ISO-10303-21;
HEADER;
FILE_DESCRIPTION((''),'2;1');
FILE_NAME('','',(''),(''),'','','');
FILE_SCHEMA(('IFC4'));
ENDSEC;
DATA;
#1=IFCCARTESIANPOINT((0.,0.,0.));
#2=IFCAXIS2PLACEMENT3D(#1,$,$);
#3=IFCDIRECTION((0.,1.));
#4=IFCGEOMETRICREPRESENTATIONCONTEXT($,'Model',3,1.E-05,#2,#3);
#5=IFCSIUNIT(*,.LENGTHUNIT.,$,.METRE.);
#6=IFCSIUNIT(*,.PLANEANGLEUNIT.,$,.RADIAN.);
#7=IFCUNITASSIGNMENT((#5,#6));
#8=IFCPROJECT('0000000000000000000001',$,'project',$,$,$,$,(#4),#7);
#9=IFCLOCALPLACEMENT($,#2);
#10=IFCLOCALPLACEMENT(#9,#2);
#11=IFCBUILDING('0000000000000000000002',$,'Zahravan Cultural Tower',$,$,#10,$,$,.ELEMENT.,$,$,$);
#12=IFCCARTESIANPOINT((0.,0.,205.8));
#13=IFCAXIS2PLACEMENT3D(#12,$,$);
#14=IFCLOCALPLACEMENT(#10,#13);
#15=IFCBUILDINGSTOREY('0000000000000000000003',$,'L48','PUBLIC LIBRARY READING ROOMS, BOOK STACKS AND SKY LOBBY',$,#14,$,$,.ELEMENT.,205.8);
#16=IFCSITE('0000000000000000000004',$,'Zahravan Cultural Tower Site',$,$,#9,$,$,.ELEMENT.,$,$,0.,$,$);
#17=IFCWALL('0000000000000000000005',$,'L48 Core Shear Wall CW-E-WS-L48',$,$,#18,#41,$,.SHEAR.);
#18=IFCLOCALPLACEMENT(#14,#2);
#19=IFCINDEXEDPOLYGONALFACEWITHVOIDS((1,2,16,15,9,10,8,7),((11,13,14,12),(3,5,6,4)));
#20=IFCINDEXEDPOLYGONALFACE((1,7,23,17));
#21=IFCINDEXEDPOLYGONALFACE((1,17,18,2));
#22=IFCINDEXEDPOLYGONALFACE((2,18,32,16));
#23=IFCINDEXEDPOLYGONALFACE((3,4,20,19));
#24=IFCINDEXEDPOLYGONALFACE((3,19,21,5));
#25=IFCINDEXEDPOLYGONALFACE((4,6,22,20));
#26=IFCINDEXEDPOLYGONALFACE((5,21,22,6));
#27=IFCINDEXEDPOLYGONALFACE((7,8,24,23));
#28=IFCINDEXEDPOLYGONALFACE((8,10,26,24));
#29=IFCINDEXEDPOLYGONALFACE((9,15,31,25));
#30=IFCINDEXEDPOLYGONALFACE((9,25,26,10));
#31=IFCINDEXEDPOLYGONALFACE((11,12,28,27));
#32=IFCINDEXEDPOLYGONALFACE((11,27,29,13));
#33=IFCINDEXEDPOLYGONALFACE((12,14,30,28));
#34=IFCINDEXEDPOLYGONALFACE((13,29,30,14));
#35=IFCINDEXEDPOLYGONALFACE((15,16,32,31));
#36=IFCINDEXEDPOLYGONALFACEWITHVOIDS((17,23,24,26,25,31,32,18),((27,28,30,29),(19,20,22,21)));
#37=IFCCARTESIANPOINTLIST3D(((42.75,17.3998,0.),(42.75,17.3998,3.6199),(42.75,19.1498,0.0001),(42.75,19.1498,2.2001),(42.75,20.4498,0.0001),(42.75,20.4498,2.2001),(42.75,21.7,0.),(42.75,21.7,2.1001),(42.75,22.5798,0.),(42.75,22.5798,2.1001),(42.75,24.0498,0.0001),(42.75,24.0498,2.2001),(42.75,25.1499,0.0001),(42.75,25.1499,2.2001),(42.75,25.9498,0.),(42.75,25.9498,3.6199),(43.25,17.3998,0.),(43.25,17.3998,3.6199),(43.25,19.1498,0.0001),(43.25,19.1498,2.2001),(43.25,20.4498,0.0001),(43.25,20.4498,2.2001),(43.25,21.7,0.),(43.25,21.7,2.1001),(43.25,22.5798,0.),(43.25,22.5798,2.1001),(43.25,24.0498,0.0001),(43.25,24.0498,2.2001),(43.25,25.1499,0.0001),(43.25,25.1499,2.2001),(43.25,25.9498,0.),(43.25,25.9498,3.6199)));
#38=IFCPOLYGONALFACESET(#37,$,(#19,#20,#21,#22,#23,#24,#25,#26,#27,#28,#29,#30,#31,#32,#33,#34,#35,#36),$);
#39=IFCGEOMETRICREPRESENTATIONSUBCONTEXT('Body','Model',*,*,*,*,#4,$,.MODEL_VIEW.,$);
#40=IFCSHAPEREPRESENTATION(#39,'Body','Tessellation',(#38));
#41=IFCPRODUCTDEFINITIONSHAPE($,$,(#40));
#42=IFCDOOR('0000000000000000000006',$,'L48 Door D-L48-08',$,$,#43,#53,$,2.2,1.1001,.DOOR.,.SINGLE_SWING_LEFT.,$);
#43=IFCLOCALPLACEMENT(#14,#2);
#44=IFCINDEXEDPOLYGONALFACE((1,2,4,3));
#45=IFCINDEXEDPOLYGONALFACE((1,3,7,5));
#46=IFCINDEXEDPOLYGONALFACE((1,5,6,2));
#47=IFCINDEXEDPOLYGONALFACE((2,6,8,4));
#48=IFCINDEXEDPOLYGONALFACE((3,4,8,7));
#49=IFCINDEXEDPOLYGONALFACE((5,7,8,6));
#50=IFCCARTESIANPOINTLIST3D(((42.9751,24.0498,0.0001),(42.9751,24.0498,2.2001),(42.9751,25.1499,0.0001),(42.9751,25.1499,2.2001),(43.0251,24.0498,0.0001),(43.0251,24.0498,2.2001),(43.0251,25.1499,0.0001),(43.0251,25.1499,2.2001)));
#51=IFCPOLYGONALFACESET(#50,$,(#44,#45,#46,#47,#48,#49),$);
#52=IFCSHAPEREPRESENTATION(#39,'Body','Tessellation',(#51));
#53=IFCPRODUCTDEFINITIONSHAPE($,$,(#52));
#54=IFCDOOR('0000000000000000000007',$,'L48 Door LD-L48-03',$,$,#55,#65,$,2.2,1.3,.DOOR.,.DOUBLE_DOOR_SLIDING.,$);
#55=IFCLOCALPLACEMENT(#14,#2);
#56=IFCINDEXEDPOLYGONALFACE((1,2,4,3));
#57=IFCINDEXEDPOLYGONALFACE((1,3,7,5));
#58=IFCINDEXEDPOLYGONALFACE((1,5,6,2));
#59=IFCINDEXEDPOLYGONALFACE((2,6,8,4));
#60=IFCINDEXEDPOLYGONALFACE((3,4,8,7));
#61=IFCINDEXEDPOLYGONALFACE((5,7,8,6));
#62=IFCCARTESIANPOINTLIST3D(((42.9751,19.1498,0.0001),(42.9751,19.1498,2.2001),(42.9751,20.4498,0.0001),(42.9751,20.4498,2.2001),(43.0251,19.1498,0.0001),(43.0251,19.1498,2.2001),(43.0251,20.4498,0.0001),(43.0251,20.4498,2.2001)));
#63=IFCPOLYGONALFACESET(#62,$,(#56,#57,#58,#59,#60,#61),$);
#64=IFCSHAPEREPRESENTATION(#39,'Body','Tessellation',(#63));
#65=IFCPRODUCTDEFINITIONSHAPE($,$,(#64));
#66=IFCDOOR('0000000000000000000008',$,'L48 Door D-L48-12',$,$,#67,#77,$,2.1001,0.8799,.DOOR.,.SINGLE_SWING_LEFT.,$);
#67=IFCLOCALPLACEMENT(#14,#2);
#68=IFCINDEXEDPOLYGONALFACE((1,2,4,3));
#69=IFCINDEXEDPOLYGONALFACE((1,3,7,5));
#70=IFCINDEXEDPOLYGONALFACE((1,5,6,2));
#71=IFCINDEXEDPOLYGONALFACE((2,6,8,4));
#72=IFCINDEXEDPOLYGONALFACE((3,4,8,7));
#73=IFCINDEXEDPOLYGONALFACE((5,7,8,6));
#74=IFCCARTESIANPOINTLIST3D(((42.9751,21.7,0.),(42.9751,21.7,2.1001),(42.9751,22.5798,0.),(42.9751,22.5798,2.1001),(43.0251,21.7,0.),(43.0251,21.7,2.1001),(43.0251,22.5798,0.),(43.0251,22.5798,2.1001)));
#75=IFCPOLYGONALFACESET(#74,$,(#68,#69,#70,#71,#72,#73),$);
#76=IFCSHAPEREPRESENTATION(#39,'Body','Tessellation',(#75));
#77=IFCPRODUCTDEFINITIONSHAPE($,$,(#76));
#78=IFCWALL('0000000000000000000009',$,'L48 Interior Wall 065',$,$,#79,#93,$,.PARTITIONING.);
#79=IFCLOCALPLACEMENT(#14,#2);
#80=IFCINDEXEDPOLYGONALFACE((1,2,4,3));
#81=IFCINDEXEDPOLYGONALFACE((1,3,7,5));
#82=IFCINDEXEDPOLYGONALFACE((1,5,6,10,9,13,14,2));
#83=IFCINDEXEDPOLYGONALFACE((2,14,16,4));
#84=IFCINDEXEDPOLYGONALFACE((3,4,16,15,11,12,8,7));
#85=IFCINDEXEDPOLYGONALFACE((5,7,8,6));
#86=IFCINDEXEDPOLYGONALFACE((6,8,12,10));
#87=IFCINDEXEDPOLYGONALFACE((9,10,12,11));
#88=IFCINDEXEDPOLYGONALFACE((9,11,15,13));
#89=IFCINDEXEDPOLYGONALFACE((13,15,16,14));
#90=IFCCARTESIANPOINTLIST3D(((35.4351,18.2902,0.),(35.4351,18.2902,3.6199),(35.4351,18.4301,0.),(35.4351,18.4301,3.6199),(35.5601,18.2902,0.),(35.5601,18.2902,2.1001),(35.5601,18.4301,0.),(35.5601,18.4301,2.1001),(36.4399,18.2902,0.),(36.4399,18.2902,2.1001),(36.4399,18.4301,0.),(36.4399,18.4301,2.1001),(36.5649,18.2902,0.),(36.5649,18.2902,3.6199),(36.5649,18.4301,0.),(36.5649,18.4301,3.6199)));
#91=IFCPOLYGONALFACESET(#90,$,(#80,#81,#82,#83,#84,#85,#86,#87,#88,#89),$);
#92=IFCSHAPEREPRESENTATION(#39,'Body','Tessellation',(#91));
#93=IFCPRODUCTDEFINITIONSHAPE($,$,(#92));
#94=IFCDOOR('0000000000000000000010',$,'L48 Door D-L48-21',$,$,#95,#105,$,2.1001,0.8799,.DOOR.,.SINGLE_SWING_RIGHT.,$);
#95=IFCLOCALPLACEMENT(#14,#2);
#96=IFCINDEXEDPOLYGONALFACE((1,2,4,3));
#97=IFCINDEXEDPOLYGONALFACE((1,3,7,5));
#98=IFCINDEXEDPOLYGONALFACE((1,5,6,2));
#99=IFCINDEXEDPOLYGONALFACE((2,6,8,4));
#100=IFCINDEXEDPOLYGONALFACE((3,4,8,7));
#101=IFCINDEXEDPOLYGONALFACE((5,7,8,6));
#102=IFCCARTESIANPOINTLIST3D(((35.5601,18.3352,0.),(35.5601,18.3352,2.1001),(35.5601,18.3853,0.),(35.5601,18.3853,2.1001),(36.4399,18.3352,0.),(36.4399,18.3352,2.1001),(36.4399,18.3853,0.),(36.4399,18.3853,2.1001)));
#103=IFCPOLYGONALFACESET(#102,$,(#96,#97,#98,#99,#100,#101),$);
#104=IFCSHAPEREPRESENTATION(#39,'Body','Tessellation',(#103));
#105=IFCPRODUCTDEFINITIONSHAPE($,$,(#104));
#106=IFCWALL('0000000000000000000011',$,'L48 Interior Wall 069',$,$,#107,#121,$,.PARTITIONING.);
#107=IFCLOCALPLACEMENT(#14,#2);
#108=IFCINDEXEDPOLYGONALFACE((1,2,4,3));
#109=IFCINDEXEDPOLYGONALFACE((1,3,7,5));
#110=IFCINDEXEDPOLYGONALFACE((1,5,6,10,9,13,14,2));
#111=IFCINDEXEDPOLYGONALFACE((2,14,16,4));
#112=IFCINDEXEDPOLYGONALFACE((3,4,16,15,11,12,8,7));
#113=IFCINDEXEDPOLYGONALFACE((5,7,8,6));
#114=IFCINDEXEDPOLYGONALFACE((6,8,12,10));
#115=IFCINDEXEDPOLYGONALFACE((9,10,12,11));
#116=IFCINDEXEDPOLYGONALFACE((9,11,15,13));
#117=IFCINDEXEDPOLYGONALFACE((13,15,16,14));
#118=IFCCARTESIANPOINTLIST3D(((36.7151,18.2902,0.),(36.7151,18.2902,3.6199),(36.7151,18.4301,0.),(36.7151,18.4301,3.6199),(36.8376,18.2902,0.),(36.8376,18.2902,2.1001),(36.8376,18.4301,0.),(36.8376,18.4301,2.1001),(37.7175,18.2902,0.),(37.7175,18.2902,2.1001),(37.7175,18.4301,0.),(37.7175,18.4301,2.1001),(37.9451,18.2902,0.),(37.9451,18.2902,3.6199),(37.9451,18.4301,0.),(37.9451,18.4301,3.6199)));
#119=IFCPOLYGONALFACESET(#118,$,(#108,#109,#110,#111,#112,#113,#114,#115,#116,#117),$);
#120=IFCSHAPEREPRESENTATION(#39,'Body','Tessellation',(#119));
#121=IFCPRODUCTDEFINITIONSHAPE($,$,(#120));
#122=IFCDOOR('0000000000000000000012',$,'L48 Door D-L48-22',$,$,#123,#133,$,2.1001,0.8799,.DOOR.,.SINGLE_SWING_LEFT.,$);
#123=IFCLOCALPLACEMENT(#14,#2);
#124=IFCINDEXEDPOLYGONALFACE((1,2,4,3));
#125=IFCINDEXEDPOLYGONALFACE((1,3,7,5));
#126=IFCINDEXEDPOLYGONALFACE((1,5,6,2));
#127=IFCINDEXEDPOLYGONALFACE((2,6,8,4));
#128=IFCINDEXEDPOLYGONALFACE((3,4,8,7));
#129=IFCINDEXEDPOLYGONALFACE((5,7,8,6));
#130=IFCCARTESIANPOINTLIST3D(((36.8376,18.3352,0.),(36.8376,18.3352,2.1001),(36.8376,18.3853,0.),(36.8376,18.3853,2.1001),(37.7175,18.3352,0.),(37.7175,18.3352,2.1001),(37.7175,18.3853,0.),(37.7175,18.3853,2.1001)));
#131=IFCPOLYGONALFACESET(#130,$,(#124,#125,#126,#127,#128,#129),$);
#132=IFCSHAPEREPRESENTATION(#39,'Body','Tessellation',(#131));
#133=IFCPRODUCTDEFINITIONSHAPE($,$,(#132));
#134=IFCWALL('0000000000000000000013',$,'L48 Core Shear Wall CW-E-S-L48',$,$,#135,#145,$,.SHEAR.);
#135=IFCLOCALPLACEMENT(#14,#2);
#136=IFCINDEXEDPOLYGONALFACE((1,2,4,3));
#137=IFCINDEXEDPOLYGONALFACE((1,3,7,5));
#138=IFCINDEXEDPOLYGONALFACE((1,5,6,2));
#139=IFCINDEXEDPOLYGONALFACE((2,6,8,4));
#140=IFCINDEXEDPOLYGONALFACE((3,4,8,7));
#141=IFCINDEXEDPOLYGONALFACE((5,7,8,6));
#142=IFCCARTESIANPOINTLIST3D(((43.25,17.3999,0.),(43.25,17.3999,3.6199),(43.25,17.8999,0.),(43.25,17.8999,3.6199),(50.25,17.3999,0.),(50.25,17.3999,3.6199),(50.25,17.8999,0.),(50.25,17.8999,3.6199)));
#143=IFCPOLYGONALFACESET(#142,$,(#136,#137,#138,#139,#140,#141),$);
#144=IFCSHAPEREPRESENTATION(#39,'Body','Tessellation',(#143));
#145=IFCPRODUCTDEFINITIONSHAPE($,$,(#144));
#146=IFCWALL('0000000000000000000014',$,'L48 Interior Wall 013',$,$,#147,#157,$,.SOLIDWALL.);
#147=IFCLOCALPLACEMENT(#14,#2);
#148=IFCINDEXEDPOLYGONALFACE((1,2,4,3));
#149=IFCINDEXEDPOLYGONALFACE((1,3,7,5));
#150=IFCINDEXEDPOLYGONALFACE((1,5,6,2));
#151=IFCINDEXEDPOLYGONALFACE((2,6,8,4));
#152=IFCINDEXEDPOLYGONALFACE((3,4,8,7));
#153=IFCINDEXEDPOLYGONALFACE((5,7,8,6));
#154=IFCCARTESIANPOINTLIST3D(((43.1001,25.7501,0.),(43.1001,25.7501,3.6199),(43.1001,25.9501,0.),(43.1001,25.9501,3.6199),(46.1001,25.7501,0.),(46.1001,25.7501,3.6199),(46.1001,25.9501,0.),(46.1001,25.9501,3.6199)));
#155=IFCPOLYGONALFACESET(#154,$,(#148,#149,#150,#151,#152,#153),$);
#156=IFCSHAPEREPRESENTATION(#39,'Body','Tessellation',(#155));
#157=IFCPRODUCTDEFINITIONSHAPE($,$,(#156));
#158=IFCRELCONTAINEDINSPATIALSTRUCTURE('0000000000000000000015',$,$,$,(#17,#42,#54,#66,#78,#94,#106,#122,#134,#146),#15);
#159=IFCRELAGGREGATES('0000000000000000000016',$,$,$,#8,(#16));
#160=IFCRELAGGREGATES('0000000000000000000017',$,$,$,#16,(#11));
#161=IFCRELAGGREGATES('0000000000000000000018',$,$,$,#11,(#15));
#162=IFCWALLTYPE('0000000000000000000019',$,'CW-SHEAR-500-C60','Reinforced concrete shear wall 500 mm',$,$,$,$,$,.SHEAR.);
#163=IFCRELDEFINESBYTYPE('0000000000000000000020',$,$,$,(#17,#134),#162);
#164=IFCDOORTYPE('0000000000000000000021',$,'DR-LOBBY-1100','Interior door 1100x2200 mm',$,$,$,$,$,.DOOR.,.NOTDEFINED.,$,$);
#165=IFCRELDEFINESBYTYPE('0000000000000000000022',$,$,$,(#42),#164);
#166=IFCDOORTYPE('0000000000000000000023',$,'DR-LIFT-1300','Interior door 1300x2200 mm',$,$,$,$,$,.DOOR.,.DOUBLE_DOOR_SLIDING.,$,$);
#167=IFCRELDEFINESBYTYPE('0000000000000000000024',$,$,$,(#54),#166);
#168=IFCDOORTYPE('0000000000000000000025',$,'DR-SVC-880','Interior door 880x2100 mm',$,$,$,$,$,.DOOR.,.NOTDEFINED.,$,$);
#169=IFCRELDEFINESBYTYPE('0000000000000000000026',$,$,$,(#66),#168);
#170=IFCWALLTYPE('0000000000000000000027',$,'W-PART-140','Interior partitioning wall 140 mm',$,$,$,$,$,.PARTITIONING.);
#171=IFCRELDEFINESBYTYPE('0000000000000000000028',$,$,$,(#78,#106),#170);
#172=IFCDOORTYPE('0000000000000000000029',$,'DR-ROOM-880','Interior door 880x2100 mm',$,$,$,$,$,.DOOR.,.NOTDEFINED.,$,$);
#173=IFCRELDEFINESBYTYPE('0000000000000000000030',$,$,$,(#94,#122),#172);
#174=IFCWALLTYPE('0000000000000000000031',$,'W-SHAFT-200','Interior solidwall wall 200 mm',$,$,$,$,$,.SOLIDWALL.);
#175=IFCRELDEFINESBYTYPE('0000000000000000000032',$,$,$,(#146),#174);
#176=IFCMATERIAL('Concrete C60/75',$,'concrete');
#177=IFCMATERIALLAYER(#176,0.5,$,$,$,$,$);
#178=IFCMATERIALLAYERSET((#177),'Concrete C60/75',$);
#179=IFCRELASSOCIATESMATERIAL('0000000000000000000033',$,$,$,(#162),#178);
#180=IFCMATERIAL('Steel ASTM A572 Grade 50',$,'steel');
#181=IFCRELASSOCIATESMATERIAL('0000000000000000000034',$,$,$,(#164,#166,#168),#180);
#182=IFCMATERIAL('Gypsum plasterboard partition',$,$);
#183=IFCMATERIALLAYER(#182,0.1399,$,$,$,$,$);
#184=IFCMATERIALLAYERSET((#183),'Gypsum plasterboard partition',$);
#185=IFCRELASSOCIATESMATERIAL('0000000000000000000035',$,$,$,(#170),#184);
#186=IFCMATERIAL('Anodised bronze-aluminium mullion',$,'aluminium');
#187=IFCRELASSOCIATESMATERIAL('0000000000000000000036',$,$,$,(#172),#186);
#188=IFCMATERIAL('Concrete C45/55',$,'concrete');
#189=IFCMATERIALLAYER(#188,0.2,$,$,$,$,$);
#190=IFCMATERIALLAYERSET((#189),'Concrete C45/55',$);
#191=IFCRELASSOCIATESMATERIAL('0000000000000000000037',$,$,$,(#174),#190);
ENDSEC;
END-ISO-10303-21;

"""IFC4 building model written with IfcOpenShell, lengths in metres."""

from ifc_helpers import new_model, si_unit, direction, frame, frame_2d, origin, place, context, subcontext, project, spatial, rectangle, extrude, source, transform, mapped, material, layer, layer_set, type_object, element, fill, save


model = new_model("IFC4")

# Units and contexts
model_context = context("Model", 3, precision=1e-05, world=origin(), true_north=direction((0.0, 1.0)))
body_context = subcontext(model_context, "Body", "Model", "MODEL_VIEW")
ifc_project = project(units=[si_unit("LENGTHUNIT", "METRE"), si_unit("PLANEANGLEUNIT", "RADIAN")], contexts=[model_context])

# Site, building, storey
site_placement = place(None, origin())
site = spatial("IfcSite", under=ifc_project, at=site_placement, Name="Zahravan Cultural Tower Site", CompositionType="ELEMENT", RefElevation=0.0)
building_placement = place(site_placement, origin())
building = spatial("IfcBuilding", under=site, at=building_placement, Name="Zahravan Cultural Tower", CompositionType="ELEMENT")
storey_placement = place(building_placement, frame((0.0, 0.0, 205.8)))
storey = spatial("IfcBuildingStorey", under=building, at=storey_placement, Name="L48", Description="PUBLIC LIBRARY READING ROOMS, BOOK STACKS AND SKY LOBBY", CompositionType="ELEMENT", Elevation=205.8)

# Wall, openings, doors
ifc_material_1 = material(Name="Concrete C60/75", Category="concrete")
ifc_layer_1 = layer(ifc_material_1, 0.5)
ifc_layer_set_1 = layer_set([ifc_layer_1], Name="Concrete C60/75")
wall_type_1 = type_object("IfcWallType", Name="CW-SHEAR-500-C60", Description="Reinforced concrete shear wall 500 mm", PredefinedType="SHEAR", material=ifc_layer_set_1)
wall_1_placement = place(storey_placement, frame((43.0, 17.3999, 0.0), z_axis=(0.0, 0.0, 1.0), x_axis=(0.0, 1.0, 0.0)))
wall_1 = element("IfcWall", 1, at=wall_1_placement, inside=storey, type_object=wall_type_1, Name="L48 Core Shear Wall CW-E-WS-L48", PredefinedType="SHEAR", context=body_context, shape_type="SweptSolid", body=[
    extrude(rectangle(XDim=8.55, YDim=0.5, at=frame_2d((4.2749, 0.0))), origin(), (0.0, 0.0, 1.0), 3.6199),
])
opening_1_placement = place(wall_1_placement, frame((6.6499, 0.0, 0.0)))
opening_1 = element("IfcOpeningElement", 2, at=opening_1_placement, cuts=wall_1, PredefinedType="OPENING", context=body_context, shape_type="SweptSolid", body=[
    extrude(rectangle(XDim=1.1001, YDim=2.2, at=frame_2d((0.55, 1.1001))), frame((0.0, 0.26, 0.0), z_axis=(0.0, -1.0, 0.0), x_axis=(1.0, 0.0, 0.0)), (0.0, 0.0, 1.0), 0.52),
])
opening_2_placement = place(wall_1_placement, frame((1.75, 0.0, 0.0)))
opening_2 = element("IfcOpeningElement", 3, at=opening_2_placement, cuts=wall_1, PredefinedType="OPENING", context=body_context, shape_type="SweptSolid", body=[
    extrude(rectangle(XDim=1.3, YDim=2.2, at=frame_2d((0.6499, 1.1001))), frame((0.0, 0.26, 0.0), z_axis=(0.0, -1.0, 0.0), x_axis=(1.0, 0.0, 0.0)), (0.0, 0.0, 1.0), 0.52),
])
opening_3_placement = place(wall_1_placement, frame((4.3, 0.0, 0.0)))
opening_3 = element("IfcOpeningElement", 4, at=opening_3_placement, cuts=wall_1, PredefinedType="OPENING", context=body_context, shape_type="SweptSolid", body=[
    extrude(rectangle(XDim=0.8799, YDim=2.1001, at=frame_2d((0.4399, 1.05))), frame((0.0, 0.26, 0.0), z_axis=(0.0, -1.0, 0.0), x_axis=(1.0, 0.0, 0.0)), (0.0, 0.0, 1.0), 0.52),
])
ifc_material_2 = material(Name="Steel ASTM A572 Grade 50", Category="steel")
door_type_1 = type_object("IfcDoorType", Name="DR-LOBBY-1100", Description="Interior door 1100x2200 mm", OperationType="NOTDEFINED", PredefinedType="DOOR", material=ifc_material_2)
shared_shape_1 = source(origin(), body_context, "Body", "SweptSolid", [
    extrude(rectangle(XDim=1.1001, YDim=2.2, at=frame_2d((0.55, 1.1001))), frame((0.0, 0.0249, 0.0), z_axis=(0.0, -1.0, 0.0), x_axis=(1.0, 0.0, 0.0)), (0.0, 0.0, 1.0), 0.05),
])
door_1_placement = place(opening_1_placement, origin())
door_1 = element("IfcDoor", 5, at=door_1_placement, inside=storey, type_object=door_type_1, Name="L48 Door D-L48-08", OperationType="SINGLE_SWING_LEFT", OverallHeight=2.2, OverallWidth=1.1001, PredefinedType="DOOR", context=body_context, shape_type="MappedRepresentation", body=[
    mapped(shared_shape_1, transform((0.0, 0.0, 0.0), x_axis=(1.0, 0.0, 0.0), y_axis=(0.0, 1.0, 0.0), z_axis=(0.0, 0.0, 1.0), scale=1.0)),
])
fill(opening_1, door_1)
door_type_2 = type_object("IfcDoorType", Name="DR-LIFT-1300", Description="Interior door 1300x2200 mm", OperationType="DOUBLE_DOOR_SLIDING", PredefinedType="DOOR", material=ifc_material_2)
shared_shape_2 = source(origin(), body_context, "Body", "SweptSolid", [
    extrude(rectangle(XDim=1.3, YDim=2.2, at=frame_2d((0.6499, 1.1001))), frame((0.0, 0.0249, 0.0), z_axis=(0.0, -1.0, 0.0), x_axis=(1.0, 0.0, 0.0)), (0.0, 0.0, 1.0), 0.05),
])
door_2_placement = place(opening_2_placement, origin())
door_2 = element("IfcDoor", 6, at=door_2_placement, inside=storey, type_object=door_type_2, Name="L48 Door LD-L48-03", OperationType="DOUBLE_DOOR_SLIDING", OverallHeight=2.2, OverallWidth=1.3, PredefinedType="DOOR", context=body_context, shape_type="MappedRepresentation", body=[
    mapped(shared_shape_2, transform((0.0, 0.0, 0.0), x_axis=(1.0, 0.0, 0.0), y_axis=(0.0, 1.0, 0.0), z_axis=(0.0, 0.0, 1.0), scale=1.0)),
])
fill(opening_2, door_2)
door_type_3 = type_object("IfcDoorType", Name="DR-SVC-880", Description="Interior door 880x2100 mm", OperationType="NOTDEFINED", PredefinedType="DOOR", material=ifc_material_2)
shared_shape_3 = source(origin(), body_context, "Body", "SweptSolid", [
    extrude(rectangle(XDim=0.8799, YDim=2.1001, at=frame_2d((0.4399, 1.05))), frame((0.0, 0.0249, 0.0), z_axis=(0.0, -1.0, 0.0), x_axis=(1.0, 0.0, 0.0)), (0.0, 0.0, 1.0), 0.05),
])
door_3_placement = place(opening_3_placement, origin())
door_3 = element("IfcDoor", 7, at=door_3_placement, inside=storey, type_object=door_type_3, Name="L48 Door D-L48-12", OperationType="SINGLE_SWING_LEFT", OverallHeight=2.1001, OverallWidth=0.8799, PredefinedType="DOOR", context=body_context, shape_type="MappedRepresentation", body=[
    mapped(shared_shape_3, transform((0.0, 0.0, 0.0), x_axis=(1.0, 0.0, 0.0), y_axis=(0.0, 1.0, 0.0), z_axis=(0.0, 0.0, 1.0), scale=1.0)),
])
fill(opening_3, door_3)

# Walls, openings, doors
ifc_material_3 = material(Name="Gypsum plasterboard partition")
ifc_layer_2 = layer(ifc_material_3, 0.1399)
ifc_layer_set_2 = layer_set([ifc_layer_2], Name="Gypsum plasterboard partition")
wall_type_2 = type_object("IfcWallType", Name="W-PART-140", Description="Interior partitioning wall 140 mm", PredefinedType="PARTITIONING", material=ifc_layer_set_2)
wall_2_placement = place(storey_placement, frame((36.5649, 18.3601, 0.0), z_axis=(0.0, 0.0, 1.0), x_axis=(-1.0, 0.0, 0.0)))
wall_2 = element("IfcWall", 8, at=wall_2_placement, inside=storey, type_object=wall_type_2, Name="L48 Interior Wall 065", PredefinedType="PARTITIONING", context=body_context, shape_type="SweptSolid", body=[
    extrude(rectangle(XDim=1.1299, YDim=0.1399, at=frame_2d((0.5649, 0.0))), origin(), (0.0, 0.0, 1.0), 3.6199),
])
opening_4_placement = place(wall_2_placement, frame((0.125, 0.0, 0.0)))
opening_4 = element("IfcOpeningElement", 9, at=opening_4_placement, cuts=wall_2, PredefinedType="OPENING", context=body_context, shape_type="SweptSolid", body=[
    extrude(rectangle(XDim=0.8799, YDim=2.1001, at=frame_2d((0.4399, 1.05))), frame((0.0, 0.0798, 0.0), z_axis=(0.0, -1.0, 0.0), x_axis=(1.0, 0.0, 0.0)), (0.0, 0.0, 1.0), 0.1599),
])
ifc_material_4 = material(Name="Anodised bronze-aluminium mullion", Category="aluminium")
door_type_4 = type_object("IfcDoorType", Name="DR-ROOM-880", Description="Interior door 880x2100 mm", OperationType="NOTDEFINED", PredefinedType="DOOR", material=ifc_material_4)
door_4_placement = place(opening_4_placement, origin())
door_4 = element("IfcDoor", 10, at=door_4_placement, inside=storey, type_object=door_type_4, Name="L48 Door D-L48-21", OperationType="SINGLE_SWING_RIGHT", OverallHeight=2.1001, OverallWidth=0.8799, PredefinedType="DOOR", context=body_context, shape_type="MappedRepresentation", body=[
    mapped(shared_shape_3, transform((0.0, 0.0, 0.0), x_axis=(1.0, 0.0, 0.0), y_axis=(0.0, 1.0, 0.0), z_axis=(0.0, 0.0, 1.0), scale=1.0)),
])
fill(opening_4, door_4)
wall_3_placement = place(storey_placement, frame((37.9451, 18.3601, 0.0), z_axis=(0.0, 0.0, 1.0), x_axis=(-1.0, 0.0, 0.0)))
wall_3 = element("IfcWall", 11, at=wall_3_placement, inside=storey, type_object=wall_type_2, Name="L48 Interior Wall 069", PredefinedType="PARTITIONING", context=body_context, shape_type="SweptSolid", body=[
    extrude(rectangle(XDim=1.23, YDim=0.1399, at=frame_2d((0.615, 0.0))), origin(), (0.0, 0.0, 1.0), 3.6199),
])
opening_5_placement = place(wall_3_placement, frame((0.2275, 0.0, 0.0)))
opening_5 = element("IfcOpeningElement", 12, at=opening_5_placement, cuts=wall_3, PredefinedType="OPENING", context=body_context, shape_type="SweptSolid", body=[
    extrude(rectangle(XDim=0.8799, YDim=2.1001, at=frame_2d((0.4399, 1.05))), frame((0.0, 0.0798, 0.0), z_axis=(0.0, -1.0, 0.0), x_axis=(1.0, 0.0, 0.0)), (0.0, 0.0, 1.0), 0.1599),
])
door_5_placement = place(opening_5_placement, origin())
door_5 = element("IfcDoor", 13, at=door_5_placement, inside=storey, type_object=door_type_4, Name="L48 Door D-L48-22", OperationType="SINGLE_SWING_LEFT", OverallHeight=2.1001, OverallWidth=0.8799, PredefinedType="DOOR", context=body_context, shape_type="MappedRepresentation", body=[
    mapped(shared_shape_3, transform((0.0, 0.0, 0.0), x_axis=(1.0, 0.0, 0.0), y_axis=(0.0, 1.0, 0.0), z_axis=(0.0, 0.0, 1.0), scale=1.0)),
])
fill(opening_5, door_5)
ifc_material_5 = material(Name="Concrete C45/55", Category="concrete")
ifc_layer_3 = layer(ifc_material_5, 0.2)
ifc_layer_set_3 = layer_set([ifc_layer_3], Name="Concrete C45/55")
wall_type_3 = type_object("IfcWallType", Name="W-SHAFT-200", Description="Interior solidwall wall 200 mm", PredefinedType="SOLIDWALL", material=ifc_layer_set_3)

# Walls
shared_shape_4 = source(origin(), body_context, "Body", "SweptSolid", [
    extrude(rectangle(XDim=7.0, YDim=0.5, at=frame_2d((3.5, 0.0))), origin(), (0.0, 0.0, 1.0), 3.6199),
])
wall_4_placement = place(storey_placement, frame((43.25, 17.6499, 0.0), z_axis=(0.0, 0.0, 1.0), x_axis=(1.0, 0.0, 0.0)))
element("IfcWall", 14, at=wall_4_placement, inside=storey, type_object=wall_type_1, Name="L48 Core Shear Wall CW-E-S-L48", PredefinedType="SHEAR", context=body_context, shape_type="MappedRepresentation", body=[
    mapped(shared_shape_4, transform((0.0, 0.0, 0.0), x_axis=(1.0, 0.0, 0.0), y_axis=(0.0, 1.0, 0.0), z_axis=(0.0, 0.0, 1.0), scale=1.0)),
])
shared_shape_5 = source(origin(), body_context, "Body", "SweptSolid", [
    extrude(rectangle(XDim=3.0, YDim=0.2, at=frame_2d((1.5, 0.0))), origin(), (0.0, 0.0, 1.0), 3.6199),
])
wall_5_placement = place(storey_placement, frame((43.1001, 25.8501, 0.0), z_axis=(0.0, 0.0, 1.0), x_axis=(1.0, 0.0, 0.0)))
element("IfcWall", 15, at=wall_5_placement, inside=storey, type_object=wall_type_3, Name="L48 Interior Wall 013", PredefinedType="SOLIDWALL", context=body_context, shape_type="MappedRepresentation", body=[
    mapped(shared_shape_5, transform((0.0, 0.0, 0.0), x_axis=(1.0, 0.0, 0.0), y_axis=(0.0, 1.0, 0.0), z_axis=(0.0, 0.0, 1.0), scale=1.0)),
])

save(model, "model.ifc")
